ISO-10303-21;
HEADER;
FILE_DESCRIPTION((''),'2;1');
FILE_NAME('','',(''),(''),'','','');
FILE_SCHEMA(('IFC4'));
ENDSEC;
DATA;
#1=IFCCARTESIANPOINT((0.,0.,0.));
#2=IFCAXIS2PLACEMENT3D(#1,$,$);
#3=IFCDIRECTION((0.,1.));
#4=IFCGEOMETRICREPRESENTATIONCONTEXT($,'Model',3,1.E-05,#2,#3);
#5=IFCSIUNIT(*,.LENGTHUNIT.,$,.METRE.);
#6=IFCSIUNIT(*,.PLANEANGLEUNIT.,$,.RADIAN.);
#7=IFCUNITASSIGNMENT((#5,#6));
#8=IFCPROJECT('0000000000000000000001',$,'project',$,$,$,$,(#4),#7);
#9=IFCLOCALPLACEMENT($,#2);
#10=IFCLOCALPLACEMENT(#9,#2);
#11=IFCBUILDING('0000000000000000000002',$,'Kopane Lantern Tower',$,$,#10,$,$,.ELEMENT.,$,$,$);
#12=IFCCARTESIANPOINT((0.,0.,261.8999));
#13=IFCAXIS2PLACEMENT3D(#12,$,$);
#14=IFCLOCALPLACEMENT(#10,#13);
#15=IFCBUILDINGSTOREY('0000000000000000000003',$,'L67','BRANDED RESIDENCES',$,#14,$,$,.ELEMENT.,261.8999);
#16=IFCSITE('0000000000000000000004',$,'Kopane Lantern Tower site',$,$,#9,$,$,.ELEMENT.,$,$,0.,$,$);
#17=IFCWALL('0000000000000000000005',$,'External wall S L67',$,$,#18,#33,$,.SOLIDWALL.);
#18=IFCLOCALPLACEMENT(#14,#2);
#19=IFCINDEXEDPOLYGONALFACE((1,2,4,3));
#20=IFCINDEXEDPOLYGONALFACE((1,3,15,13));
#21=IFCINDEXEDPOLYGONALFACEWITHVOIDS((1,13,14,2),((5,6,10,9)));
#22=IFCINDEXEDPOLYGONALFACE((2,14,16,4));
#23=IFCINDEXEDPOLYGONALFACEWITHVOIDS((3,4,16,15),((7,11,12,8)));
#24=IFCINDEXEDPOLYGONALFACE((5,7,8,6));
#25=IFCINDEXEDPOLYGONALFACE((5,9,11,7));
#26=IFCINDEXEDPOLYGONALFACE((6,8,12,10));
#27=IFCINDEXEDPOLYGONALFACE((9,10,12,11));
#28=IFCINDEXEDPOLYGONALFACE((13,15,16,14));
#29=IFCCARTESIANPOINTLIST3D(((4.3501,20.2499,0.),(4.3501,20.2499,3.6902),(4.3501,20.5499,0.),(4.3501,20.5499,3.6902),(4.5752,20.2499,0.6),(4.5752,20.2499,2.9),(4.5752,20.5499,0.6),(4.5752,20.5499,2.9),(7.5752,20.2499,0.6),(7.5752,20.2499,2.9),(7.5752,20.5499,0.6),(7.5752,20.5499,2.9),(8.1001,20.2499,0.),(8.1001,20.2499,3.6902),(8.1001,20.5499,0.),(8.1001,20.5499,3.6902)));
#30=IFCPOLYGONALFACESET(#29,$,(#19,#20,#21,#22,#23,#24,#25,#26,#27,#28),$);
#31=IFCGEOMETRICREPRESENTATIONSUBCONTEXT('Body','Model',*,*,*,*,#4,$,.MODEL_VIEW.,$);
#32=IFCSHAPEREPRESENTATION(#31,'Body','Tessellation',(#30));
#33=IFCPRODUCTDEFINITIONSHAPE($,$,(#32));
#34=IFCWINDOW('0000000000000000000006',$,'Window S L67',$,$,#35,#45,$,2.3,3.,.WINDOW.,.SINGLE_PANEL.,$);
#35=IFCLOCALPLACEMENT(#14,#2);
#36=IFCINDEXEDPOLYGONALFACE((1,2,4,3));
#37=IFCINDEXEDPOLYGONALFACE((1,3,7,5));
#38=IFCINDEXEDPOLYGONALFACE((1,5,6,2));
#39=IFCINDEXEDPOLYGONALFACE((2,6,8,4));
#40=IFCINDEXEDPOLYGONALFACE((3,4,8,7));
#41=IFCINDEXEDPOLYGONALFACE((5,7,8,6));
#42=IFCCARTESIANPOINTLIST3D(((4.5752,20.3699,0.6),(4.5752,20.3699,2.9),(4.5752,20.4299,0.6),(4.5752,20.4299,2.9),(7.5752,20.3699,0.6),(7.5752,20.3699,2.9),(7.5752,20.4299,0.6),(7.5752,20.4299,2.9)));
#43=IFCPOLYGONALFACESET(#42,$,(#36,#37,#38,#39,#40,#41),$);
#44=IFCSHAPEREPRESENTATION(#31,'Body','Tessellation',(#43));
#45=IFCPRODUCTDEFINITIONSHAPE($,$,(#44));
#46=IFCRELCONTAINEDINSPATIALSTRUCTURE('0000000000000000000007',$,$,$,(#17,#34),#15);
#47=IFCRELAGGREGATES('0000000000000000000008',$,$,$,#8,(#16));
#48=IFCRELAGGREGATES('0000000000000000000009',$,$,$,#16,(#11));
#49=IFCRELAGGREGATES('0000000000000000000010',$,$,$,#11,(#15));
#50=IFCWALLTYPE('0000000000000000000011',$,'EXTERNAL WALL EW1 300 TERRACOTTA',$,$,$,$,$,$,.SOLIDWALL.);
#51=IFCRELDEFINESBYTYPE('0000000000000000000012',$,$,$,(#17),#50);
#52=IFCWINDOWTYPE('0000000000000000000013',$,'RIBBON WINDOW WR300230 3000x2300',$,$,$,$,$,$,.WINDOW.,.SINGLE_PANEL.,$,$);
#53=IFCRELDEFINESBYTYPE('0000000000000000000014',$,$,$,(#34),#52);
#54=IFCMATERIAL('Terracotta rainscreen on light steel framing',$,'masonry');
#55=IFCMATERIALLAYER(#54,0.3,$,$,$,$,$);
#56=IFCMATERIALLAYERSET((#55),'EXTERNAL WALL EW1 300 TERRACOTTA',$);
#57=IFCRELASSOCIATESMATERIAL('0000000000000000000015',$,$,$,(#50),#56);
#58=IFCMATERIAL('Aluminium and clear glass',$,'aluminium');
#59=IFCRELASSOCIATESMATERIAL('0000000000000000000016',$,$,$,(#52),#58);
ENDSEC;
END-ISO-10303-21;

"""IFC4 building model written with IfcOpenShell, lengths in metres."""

from ifc_helpers import new_model, si_unit, direction, frame, frame_2d, origin, place, context, subcontext, project, spatial, rectangle, extrude, material, layer, layer_set, type_object, element, fill, save


model = new_model("IFC4")

# Units and contexts
model_context = context("Model", 3, precision=1e-05, world=origin(), true_north=direction((0.0, 1.0)))
body_context = subcontext(model_context, "Body", "Model", "MODEL_VIEW")
ifc_project = project(units=[si_unit("LENGTHUNIT", "METRE"), si_unit("PLANEANGLEUNIT", "RADIAN")], contexts=[model_context])

# Site, building, storey
site_placement = place(None, origin())
site = spatial("IfcSite", under=ifc_project, at=site_placement, Name="Kopane Lantern Tower site", CompositionType="ELEMENT", RefElevation=0.0)
building_placement = place(site_placement, origin())
building = spatial("IfcBuilding", under=site, at=building_placement, Name="Kopane Lantern Tower", CompositionType="ELEMENT")
storey_placement = place(building_placement, frame((0.0, 0.0, 261.8999)))
storey = spatial("IfcBuildingStorey", under=building, at=storey_placement, Name="L67", Description="BRANDED RESIDENCES", CompositionType="ELEMENT", Elevation=261.8999)

# Wall, opening, window
ifc_material_1 = material(Name="Terracotta rainscreen on light steel framing", Category="masonry")
ifc_layer_1 = layer(ifc_material_1, 0.3)
ifc_layer_set_1 = layer_set([ifc_layer_1], Name="EXTERNAL WALL EW1 300 TERRACOTTA")
wall_type_1 = type_object("IfcWallType", Name="EXTERNAL WALL EW1 300 TERRACOTTA", PredefinedType="SOLIDWALL", material=ifc_layer_set_1)
wall_1_placement = place(storey_placement, frame((4.3501, 20.3999, 0.0), z_axis=(0.0, 0.0, 1.0), x_axis=(1.0, 0.0, 0.0)))
wall_1 = element("IfcWall", 1, at=wall_1_placement, inside=storey, type_object=wall_type_1, Name="External wall S L67", PredefinedType="SOLIDWALL", context=body_context, shape_type="SweptSolid", body=[
    extrude(rectangle(XDim=3.75, YDim=0.3, at=frame_2d((1.875, 0.0))), origin(), (0.0, 0.0, 1.0), 3.6902),
])
opening_1_placement = place(wall_1_placement, frame((0.2251, 0.0, 0.6001)))
opening_1 = element("IfcOpeningElement", 2, at=opening_1_placement, cuts=wall_1, PredefinedType="OPENING", context=body_context, shape_type="SweptSolid", body=[
    extrude(rectangle(XDim=3.0, YDim=2.3, at=frame_2d((1.5, 1.1499))), frame((0.0, 0.1599, 0.0), z_axis=(0.0, -1.0, 0.0), x_axis=(1.0, 0.0, 0.0)), (0.0, 0.0, 1.0), 0.3201),
])
ifc_material_2 = material(Name="Aluminium and clear glass", Category="aluminium")
window_type = type_object("IfcWindowType", Name="RIBBON WINDOW WR300230 3000x2300", PartitioningType="SINGLE_PANEL", PredefinedType="WINDOW", material=ifc_material_2)
window_placement = place(opening_1_placement, origin())
window = element("IfcWindow", 3, at=window_placement, inside=storey, type_object=window_type, Name="Window S L67", OverallHeight=2.3, OverallWidth=3.0, PartitioningType="SINGLE_PANEL", PredefinedType="WINDOW", context=body_context, shape_type="SweptSolid", body=[
    extrude(rectangle(XDim=3.0, YDim=2.3, at=frame_2d((1.5, 1.1499))), frame((0.0, 0.03, 0.0), z_axis=(0.0, -1.0, 0.0), x_axis=(1.0, 0.0, 0.0)), (0.0, 0.0, 1.0), 0.0601),
])
fill(opening_1, window)

save(model, "model.ifc")
